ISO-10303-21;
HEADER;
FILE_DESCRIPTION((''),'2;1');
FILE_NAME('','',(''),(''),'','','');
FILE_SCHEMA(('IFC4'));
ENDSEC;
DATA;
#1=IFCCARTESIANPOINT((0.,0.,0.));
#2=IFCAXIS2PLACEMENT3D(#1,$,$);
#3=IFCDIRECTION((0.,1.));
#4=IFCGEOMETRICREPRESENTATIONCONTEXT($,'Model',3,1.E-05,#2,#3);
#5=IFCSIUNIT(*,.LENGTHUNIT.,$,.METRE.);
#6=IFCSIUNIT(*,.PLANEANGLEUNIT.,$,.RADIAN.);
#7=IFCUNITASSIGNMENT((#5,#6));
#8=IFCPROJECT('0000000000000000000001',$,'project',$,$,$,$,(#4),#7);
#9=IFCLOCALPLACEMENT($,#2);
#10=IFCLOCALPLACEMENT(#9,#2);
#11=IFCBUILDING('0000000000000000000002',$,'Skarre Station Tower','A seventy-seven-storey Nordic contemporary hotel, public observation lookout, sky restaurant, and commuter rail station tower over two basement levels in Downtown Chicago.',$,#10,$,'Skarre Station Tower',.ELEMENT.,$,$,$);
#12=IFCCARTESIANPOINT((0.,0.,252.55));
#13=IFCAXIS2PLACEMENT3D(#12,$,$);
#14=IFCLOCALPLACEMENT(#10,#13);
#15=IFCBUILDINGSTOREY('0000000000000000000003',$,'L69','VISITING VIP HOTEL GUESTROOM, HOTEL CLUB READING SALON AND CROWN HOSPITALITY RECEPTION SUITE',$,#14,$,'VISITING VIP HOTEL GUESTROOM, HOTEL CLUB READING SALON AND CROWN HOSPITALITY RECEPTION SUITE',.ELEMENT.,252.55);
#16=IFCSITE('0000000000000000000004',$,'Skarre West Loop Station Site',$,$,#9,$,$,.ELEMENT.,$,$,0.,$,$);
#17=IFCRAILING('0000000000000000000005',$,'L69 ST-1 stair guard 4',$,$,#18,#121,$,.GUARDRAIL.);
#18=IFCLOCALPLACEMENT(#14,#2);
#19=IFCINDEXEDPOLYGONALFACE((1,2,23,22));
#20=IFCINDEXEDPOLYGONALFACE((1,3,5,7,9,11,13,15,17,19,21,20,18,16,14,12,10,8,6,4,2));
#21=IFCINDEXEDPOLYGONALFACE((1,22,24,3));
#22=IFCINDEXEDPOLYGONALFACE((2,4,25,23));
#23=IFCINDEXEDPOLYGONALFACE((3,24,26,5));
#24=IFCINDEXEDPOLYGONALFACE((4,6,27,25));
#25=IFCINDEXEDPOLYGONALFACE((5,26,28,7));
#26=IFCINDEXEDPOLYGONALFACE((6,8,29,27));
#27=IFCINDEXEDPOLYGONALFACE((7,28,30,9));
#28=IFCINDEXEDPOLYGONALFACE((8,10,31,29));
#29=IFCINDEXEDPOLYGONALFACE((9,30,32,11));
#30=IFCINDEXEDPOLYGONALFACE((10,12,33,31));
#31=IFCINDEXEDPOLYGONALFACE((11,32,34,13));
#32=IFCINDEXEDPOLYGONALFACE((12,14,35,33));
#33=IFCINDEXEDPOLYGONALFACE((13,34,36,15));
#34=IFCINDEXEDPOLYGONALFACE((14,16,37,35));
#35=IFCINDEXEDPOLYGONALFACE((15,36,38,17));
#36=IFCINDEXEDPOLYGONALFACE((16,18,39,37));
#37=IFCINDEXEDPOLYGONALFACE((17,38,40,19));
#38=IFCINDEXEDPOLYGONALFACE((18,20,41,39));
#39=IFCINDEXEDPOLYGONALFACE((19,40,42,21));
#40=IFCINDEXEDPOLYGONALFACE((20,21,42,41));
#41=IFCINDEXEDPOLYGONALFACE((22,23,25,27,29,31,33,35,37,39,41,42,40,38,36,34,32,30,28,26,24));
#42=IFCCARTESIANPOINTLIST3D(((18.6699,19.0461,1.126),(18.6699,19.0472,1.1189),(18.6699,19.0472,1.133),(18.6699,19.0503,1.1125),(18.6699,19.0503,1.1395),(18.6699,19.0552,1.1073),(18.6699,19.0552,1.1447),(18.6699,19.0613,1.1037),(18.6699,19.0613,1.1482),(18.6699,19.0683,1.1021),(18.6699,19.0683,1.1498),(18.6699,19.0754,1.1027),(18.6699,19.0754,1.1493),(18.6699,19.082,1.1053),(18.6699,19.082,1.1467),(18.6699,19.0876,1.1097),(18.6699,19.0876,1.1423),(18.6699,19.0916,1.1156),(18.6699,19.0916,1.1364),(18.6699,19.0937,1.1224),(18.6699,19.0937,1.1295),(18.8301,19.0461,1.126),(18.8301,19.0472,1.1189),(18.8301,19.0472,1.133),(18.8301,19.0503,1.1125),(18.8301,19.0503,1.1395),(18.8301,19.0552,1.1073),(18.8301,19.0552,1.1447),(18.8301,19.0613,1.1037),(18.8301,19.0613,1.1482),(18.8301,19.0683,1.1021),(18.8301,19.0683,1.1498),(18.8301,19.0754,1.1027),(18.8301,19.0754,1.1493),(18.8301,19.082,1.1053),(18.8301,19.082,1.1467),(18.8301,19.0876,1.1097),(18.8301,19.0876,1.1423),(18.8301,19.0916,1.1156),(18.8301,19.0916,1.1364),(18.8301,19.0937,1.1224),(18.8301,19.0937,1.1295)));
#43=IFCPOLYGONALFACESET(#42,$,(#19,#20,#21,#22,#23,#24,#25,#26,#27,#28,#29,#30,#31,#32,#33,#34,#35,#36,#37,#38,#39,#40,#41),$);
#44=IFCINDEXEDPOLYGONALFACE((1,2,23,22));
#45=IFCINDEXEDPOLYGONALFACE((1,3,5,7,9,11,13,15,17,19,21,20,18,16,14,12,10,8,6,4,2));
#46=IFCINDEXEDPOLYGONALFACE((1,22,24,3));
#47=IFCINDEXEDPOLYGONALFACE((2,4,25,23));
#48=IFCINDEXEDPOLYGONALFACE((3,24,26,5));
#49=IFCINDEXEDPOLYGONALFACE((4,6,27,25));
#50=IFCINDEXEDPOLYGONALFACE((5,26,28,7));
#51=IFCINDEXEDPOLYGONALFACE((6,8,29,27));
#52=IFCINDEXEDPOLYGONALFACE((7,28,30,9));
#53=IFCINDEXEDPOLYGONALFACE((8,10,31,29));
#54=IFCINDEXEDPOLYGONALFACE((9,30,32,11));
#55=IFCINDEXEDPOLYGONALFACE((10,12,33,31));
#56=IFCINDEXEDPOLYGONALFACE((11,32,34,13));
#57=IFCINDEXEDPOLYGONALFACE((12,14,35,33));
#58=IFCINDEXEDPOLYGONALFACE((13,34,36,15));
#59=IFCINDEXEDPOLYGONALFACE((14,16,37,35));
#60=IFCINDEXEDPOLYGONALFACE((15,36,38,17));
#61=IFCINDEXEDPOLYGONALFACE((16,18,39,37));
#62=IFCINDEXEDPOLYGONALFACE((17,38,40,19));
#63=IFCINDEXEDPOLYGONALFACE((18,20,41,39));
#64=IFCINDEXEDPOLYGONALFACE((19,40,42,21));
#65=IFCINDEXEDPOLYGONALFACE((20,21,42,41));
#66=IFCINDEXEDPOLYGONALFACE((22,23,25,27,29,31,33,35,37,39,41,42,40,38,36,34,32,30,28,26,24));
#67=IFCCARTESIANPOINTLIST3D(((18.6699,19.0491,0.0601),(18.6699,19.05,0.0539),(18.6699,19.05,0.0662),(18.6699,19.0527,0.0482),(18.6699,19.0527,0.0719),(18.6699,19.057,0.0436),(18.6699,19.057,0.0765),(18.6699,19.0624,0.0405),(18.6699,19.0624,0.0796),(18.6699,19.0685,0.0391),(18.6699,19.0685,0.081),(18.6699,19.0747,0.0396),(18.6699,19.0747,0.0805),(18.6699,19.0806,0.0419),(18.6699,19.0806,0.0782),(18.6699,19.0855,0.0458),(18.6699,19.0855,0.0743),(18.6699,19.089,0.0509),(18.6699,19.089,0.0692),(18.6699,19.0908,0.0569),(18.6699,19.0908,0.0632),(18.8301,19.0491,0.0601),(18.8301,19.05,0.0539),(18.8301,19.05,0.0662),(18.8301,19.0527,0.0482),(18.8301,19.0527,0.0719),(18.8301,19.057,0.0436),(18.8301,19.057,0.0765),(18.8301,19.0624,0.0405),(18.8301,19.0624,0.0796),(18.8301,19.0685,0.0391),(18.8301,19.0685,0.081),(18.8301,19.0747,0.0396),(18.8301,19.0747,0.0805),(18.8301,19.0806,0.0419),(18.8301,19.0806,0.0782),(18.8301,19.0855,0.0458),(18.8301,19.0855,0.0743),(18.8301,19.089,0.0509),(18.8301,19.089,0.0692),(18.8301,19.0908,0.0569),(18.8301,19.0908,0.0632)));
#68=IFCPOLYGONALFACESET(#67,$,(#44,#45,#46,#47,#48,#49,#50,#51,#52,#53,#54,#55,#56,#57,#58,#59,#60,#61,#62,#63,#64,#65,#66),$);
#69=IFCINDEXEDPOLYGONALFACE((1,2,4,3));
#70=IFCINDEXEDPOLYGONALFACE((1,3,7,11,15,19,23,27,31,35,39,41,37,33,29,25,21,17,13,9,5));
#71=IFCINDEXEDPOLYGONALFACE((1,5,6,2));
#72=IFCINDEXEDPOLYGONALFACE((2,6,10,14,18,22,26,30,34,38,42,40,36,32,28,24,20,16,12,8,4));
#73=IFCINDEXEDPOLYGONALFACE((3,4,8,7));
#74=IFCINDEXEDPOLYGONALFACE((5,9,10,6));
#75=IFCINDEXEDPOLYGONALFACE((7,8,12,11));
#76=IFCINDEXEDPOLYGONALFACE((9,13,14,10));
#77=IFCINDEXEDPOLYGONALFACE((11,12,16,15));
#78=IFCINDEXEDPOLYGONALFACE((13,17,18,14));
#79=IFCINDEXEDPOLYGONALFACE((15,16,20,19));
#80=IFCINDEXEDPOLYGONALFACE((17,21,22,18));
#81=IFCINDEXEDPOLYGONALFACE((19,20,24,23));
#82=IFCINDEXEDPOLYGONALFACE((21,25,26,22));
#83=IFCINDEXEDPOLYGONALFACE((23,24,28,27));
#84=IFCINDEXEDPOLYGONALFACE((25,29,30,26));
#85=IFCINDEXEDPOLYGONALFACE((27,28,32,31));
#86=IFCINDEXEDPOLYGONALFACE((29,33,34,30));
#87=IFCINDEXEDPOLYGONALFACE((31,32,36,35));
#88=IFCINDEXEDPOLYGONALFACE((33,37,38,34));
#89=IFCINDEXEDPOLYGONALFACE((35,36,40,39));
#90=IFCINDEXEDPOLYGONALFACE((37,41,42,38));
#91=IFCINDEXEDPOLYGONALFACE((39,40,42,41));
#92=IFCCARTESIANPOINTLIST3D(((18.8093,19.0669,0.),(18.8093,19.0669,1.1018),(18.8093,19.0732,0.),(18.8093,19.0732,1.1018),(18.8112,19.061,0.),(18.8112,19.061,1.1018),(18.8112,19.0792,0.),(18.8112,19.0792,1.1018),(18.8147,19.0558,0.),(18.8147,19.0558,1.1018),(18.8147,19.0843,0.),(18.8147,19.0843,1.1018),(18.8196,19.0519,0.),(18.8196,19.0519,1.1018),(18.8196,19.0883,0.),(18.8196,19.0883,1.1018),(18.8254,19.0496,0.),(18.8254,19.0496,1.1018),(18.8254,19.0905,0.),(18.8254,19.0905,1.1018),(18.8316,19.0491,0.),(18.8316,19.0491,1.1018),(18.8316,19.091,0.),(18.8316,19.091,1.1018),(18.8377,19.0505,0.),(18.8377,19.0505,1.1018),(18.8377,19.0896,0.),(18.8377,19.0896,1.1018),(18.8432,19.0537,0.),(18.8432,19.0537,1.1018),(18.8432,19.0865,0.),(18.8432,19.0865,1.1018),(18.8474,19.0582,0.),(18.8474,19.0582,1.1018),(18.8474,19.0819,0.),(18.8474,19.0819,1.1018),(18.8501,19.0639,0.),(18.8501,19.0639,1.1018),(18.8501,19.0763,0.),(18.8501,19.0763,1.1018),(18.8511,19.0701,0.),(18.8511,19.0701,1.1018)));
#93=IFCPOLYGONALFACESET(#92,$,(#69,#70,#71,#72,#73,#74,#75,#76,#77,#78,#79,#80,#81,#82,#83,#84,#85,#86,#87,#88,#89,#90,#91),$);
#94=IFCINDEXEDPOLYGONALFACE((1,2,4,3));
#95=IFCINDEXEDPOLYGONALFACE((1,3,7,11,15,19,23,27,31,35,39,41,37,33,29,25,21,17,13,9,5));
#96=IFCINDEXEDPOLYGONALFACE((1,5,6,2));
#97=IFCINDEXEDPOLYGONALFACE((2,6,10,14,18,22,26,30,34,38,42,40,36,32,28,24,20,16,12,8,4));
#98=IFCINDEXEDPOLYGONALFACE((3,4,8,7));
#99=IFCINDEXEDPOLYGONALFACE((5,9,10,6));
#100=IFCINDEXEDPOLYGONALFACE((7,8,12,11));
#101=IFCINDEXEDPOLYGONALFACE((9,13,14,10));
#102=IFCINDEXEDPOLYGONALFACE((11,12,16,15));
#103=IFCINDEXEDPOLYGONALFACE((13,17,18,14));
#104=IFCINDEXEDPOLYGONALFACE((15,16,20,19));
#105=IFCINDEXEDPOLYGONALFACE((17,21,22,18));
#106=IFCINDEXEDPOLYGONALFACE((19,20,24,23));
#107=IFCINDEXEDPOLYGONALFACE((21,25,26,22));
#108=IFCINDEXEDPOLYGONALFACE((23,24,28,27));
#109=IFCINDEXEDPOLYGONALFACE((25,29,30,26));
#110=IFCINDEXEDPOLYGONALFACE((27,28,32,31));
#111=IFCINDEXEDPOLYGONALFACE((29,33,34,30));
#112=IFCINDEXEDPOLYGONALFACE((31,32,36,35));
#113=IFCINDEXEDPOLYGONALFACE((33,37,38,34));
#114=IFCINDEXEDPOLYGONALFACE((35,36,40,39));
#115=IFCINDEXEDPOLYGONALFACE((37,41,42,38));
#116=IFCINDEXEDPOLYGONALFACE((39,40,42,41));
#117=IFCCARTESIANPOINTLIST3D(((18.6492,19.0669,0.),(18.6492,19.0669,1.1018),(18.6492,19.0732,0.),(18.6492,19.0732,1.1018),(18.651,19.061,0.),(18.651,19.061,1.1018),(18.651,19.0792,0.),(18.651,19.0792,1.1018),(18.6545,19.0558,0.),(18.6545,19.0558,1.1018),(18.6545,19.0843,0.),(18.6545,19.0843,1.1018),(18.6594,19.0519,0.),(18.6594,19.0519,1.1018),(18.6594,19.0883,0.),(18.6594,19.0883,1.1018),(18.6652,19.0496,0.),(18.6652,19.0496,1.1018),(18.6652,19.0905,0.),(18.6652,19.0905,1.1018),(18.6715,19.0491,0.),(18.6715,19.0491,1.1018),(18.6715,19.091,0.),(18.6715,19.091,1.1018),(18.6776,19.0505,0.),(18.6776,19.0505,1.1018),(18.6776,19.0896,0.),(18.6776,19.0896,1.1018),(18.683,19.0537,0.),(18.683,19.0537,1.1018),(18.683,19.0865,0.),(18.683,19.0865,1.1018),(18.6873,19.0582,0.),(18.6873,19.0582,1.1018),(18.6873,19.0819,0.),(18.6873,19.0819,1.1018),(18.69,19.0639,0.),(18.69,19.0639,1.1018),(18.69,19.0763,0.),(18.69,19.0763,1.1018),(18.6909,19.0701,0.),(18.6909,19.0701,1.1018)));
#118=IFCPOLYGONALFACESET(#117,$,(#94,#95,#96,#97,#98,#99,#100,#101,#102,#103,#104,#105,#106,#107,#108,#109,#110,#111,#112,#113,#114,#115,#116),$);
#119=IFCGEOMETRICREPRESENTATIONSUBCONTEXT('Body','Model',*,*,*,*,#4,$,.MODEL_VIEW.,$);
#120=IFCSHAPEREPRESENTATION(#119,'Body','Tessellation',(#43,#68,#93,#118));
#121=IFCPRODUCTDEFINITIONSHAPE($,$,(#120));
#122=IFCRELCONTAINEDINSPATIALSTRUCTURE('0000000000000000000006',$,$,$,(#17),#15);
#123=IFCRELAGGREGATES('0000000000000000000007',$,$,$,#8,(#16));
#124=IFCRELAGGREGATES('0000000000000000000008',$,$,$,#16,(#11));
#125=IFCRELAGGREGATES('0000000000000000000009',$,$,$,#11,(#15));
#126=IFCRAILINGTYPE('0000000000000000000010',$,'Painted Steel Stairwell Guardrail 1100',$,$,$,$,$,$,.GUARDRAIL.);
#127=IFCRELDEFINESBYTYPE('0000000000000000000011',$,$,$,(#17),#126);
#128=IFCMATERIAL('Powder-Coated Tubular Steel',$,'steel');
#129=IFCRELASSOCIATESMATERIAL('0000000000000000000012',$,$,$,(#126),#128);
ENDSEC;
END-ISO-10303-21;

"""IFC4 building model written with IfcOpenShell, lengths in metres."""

from ifc_helpers import new_model, si_unit, direction, frame, origin, origin_2d, place, context, subcontext, project, spatial, circle, extrude, material, type_object, element, save


model = new_model("IFC4")

# Units and contexts
model_context = context("Model", 3, precision=1e-05, world=origin(), true_north=direction((0.0, 1.0)))
body_context = subcontext(model_context, "Body", "Model", "MODEL_VIEW")
ifc_project = project(units=[si_unit("LENGTHUNIT", "METRE"), si_unit("PLANEANGLEUNIT", "RADIAN")], contexts=[model_context])

# Site, building, storey
site_placement = place(None, origin())
site = spatial("IfcSite", under=ifc_project, at=site_placement, Name="Skarre West Loop Station Site", CompositionType="ELEMENT", RefElevation=0.0)
building_placement = place(site_placement, origin())
building = spatial("IfcBuilding", under=site, at=building_placement, Name="Skarre Station Tower", Description="A seventy-seven-storey Nordic contemporary hotel, public observation lookout, sky restaurant, and commuter rail station tower over two basement levels in Downtown Chicago.", LongName="Skarre Station Tower", CompositionType="ELEMENT")
storey_placement = place(building_placement, frame((0.0, 0.0, 252.55)))
storey = spatial("IfcBuildingStorey", under=building, at=storey_placement, Name="L69", Description="VISITING VIP HOTEL GUESTROOM, HOTEL CLUB READING SALON AND CROWN HOSPITALITY RECEPTION SUITE", LongName="VISITING VIP HOTEL GUESTROOM, HOTEL CLUB READING SALON AND CROWN HOSPITALITY RECEPTION SUITE", CompositionType="ELEMENT", Elevation=252.55)

# Railing
ifc_material_1 = material(Name="Powder-Coated Tubular Steel", Category="steel")
railing_type_1 = type_object("IfcRailingType", Name="Painted Steel Stairwell Guardrail 1100", PredefinedType="GUARDRAIL", material=ifc_material_1)
railing_1_placement = place(storey_placement, frame((18.8301, 19.0701, 0.0)))
element("IfcRailing", 1, at=railing_1_placement, inside=storey, type_object=railing_type_1, Name="L69 ST-1 stair guard 4", PredefinedType="GUARDRAIL", context=body_context, shape_type="SweptSolid", body=[
    extrude(circle(Radius=0.0239, at=origin_2d()), frame((0.0, 0.0, 1.126), z_axis=(-1.0, 0.0, 0.0), x_axis=(0.0, -1.0, 0.0)), (0.0, 0.0, 1.0), 0.1602),
    extrude(circle(Radius=0.021, at=origin_2d()), frame((0.0, 0.0, 0.0601), z_axis=(-1.0, 0.0, 0.0), x_axis=(0.0, -1.0, 0.0)), (0.0, 0.0, 1.0), 0.1602),
    extrude(circle(Radius=0.021, at=origin_2d()), origin(), (0.0, 0.0, 1.0), 1.1018),
    extrude(circle(Radius=0.021, at=origin_2d()), frame((-0.1602, 0.0, 0.0)), (0.0, 0.0, 1.0), 1.1018),
])

save(model, "model.ifc")
